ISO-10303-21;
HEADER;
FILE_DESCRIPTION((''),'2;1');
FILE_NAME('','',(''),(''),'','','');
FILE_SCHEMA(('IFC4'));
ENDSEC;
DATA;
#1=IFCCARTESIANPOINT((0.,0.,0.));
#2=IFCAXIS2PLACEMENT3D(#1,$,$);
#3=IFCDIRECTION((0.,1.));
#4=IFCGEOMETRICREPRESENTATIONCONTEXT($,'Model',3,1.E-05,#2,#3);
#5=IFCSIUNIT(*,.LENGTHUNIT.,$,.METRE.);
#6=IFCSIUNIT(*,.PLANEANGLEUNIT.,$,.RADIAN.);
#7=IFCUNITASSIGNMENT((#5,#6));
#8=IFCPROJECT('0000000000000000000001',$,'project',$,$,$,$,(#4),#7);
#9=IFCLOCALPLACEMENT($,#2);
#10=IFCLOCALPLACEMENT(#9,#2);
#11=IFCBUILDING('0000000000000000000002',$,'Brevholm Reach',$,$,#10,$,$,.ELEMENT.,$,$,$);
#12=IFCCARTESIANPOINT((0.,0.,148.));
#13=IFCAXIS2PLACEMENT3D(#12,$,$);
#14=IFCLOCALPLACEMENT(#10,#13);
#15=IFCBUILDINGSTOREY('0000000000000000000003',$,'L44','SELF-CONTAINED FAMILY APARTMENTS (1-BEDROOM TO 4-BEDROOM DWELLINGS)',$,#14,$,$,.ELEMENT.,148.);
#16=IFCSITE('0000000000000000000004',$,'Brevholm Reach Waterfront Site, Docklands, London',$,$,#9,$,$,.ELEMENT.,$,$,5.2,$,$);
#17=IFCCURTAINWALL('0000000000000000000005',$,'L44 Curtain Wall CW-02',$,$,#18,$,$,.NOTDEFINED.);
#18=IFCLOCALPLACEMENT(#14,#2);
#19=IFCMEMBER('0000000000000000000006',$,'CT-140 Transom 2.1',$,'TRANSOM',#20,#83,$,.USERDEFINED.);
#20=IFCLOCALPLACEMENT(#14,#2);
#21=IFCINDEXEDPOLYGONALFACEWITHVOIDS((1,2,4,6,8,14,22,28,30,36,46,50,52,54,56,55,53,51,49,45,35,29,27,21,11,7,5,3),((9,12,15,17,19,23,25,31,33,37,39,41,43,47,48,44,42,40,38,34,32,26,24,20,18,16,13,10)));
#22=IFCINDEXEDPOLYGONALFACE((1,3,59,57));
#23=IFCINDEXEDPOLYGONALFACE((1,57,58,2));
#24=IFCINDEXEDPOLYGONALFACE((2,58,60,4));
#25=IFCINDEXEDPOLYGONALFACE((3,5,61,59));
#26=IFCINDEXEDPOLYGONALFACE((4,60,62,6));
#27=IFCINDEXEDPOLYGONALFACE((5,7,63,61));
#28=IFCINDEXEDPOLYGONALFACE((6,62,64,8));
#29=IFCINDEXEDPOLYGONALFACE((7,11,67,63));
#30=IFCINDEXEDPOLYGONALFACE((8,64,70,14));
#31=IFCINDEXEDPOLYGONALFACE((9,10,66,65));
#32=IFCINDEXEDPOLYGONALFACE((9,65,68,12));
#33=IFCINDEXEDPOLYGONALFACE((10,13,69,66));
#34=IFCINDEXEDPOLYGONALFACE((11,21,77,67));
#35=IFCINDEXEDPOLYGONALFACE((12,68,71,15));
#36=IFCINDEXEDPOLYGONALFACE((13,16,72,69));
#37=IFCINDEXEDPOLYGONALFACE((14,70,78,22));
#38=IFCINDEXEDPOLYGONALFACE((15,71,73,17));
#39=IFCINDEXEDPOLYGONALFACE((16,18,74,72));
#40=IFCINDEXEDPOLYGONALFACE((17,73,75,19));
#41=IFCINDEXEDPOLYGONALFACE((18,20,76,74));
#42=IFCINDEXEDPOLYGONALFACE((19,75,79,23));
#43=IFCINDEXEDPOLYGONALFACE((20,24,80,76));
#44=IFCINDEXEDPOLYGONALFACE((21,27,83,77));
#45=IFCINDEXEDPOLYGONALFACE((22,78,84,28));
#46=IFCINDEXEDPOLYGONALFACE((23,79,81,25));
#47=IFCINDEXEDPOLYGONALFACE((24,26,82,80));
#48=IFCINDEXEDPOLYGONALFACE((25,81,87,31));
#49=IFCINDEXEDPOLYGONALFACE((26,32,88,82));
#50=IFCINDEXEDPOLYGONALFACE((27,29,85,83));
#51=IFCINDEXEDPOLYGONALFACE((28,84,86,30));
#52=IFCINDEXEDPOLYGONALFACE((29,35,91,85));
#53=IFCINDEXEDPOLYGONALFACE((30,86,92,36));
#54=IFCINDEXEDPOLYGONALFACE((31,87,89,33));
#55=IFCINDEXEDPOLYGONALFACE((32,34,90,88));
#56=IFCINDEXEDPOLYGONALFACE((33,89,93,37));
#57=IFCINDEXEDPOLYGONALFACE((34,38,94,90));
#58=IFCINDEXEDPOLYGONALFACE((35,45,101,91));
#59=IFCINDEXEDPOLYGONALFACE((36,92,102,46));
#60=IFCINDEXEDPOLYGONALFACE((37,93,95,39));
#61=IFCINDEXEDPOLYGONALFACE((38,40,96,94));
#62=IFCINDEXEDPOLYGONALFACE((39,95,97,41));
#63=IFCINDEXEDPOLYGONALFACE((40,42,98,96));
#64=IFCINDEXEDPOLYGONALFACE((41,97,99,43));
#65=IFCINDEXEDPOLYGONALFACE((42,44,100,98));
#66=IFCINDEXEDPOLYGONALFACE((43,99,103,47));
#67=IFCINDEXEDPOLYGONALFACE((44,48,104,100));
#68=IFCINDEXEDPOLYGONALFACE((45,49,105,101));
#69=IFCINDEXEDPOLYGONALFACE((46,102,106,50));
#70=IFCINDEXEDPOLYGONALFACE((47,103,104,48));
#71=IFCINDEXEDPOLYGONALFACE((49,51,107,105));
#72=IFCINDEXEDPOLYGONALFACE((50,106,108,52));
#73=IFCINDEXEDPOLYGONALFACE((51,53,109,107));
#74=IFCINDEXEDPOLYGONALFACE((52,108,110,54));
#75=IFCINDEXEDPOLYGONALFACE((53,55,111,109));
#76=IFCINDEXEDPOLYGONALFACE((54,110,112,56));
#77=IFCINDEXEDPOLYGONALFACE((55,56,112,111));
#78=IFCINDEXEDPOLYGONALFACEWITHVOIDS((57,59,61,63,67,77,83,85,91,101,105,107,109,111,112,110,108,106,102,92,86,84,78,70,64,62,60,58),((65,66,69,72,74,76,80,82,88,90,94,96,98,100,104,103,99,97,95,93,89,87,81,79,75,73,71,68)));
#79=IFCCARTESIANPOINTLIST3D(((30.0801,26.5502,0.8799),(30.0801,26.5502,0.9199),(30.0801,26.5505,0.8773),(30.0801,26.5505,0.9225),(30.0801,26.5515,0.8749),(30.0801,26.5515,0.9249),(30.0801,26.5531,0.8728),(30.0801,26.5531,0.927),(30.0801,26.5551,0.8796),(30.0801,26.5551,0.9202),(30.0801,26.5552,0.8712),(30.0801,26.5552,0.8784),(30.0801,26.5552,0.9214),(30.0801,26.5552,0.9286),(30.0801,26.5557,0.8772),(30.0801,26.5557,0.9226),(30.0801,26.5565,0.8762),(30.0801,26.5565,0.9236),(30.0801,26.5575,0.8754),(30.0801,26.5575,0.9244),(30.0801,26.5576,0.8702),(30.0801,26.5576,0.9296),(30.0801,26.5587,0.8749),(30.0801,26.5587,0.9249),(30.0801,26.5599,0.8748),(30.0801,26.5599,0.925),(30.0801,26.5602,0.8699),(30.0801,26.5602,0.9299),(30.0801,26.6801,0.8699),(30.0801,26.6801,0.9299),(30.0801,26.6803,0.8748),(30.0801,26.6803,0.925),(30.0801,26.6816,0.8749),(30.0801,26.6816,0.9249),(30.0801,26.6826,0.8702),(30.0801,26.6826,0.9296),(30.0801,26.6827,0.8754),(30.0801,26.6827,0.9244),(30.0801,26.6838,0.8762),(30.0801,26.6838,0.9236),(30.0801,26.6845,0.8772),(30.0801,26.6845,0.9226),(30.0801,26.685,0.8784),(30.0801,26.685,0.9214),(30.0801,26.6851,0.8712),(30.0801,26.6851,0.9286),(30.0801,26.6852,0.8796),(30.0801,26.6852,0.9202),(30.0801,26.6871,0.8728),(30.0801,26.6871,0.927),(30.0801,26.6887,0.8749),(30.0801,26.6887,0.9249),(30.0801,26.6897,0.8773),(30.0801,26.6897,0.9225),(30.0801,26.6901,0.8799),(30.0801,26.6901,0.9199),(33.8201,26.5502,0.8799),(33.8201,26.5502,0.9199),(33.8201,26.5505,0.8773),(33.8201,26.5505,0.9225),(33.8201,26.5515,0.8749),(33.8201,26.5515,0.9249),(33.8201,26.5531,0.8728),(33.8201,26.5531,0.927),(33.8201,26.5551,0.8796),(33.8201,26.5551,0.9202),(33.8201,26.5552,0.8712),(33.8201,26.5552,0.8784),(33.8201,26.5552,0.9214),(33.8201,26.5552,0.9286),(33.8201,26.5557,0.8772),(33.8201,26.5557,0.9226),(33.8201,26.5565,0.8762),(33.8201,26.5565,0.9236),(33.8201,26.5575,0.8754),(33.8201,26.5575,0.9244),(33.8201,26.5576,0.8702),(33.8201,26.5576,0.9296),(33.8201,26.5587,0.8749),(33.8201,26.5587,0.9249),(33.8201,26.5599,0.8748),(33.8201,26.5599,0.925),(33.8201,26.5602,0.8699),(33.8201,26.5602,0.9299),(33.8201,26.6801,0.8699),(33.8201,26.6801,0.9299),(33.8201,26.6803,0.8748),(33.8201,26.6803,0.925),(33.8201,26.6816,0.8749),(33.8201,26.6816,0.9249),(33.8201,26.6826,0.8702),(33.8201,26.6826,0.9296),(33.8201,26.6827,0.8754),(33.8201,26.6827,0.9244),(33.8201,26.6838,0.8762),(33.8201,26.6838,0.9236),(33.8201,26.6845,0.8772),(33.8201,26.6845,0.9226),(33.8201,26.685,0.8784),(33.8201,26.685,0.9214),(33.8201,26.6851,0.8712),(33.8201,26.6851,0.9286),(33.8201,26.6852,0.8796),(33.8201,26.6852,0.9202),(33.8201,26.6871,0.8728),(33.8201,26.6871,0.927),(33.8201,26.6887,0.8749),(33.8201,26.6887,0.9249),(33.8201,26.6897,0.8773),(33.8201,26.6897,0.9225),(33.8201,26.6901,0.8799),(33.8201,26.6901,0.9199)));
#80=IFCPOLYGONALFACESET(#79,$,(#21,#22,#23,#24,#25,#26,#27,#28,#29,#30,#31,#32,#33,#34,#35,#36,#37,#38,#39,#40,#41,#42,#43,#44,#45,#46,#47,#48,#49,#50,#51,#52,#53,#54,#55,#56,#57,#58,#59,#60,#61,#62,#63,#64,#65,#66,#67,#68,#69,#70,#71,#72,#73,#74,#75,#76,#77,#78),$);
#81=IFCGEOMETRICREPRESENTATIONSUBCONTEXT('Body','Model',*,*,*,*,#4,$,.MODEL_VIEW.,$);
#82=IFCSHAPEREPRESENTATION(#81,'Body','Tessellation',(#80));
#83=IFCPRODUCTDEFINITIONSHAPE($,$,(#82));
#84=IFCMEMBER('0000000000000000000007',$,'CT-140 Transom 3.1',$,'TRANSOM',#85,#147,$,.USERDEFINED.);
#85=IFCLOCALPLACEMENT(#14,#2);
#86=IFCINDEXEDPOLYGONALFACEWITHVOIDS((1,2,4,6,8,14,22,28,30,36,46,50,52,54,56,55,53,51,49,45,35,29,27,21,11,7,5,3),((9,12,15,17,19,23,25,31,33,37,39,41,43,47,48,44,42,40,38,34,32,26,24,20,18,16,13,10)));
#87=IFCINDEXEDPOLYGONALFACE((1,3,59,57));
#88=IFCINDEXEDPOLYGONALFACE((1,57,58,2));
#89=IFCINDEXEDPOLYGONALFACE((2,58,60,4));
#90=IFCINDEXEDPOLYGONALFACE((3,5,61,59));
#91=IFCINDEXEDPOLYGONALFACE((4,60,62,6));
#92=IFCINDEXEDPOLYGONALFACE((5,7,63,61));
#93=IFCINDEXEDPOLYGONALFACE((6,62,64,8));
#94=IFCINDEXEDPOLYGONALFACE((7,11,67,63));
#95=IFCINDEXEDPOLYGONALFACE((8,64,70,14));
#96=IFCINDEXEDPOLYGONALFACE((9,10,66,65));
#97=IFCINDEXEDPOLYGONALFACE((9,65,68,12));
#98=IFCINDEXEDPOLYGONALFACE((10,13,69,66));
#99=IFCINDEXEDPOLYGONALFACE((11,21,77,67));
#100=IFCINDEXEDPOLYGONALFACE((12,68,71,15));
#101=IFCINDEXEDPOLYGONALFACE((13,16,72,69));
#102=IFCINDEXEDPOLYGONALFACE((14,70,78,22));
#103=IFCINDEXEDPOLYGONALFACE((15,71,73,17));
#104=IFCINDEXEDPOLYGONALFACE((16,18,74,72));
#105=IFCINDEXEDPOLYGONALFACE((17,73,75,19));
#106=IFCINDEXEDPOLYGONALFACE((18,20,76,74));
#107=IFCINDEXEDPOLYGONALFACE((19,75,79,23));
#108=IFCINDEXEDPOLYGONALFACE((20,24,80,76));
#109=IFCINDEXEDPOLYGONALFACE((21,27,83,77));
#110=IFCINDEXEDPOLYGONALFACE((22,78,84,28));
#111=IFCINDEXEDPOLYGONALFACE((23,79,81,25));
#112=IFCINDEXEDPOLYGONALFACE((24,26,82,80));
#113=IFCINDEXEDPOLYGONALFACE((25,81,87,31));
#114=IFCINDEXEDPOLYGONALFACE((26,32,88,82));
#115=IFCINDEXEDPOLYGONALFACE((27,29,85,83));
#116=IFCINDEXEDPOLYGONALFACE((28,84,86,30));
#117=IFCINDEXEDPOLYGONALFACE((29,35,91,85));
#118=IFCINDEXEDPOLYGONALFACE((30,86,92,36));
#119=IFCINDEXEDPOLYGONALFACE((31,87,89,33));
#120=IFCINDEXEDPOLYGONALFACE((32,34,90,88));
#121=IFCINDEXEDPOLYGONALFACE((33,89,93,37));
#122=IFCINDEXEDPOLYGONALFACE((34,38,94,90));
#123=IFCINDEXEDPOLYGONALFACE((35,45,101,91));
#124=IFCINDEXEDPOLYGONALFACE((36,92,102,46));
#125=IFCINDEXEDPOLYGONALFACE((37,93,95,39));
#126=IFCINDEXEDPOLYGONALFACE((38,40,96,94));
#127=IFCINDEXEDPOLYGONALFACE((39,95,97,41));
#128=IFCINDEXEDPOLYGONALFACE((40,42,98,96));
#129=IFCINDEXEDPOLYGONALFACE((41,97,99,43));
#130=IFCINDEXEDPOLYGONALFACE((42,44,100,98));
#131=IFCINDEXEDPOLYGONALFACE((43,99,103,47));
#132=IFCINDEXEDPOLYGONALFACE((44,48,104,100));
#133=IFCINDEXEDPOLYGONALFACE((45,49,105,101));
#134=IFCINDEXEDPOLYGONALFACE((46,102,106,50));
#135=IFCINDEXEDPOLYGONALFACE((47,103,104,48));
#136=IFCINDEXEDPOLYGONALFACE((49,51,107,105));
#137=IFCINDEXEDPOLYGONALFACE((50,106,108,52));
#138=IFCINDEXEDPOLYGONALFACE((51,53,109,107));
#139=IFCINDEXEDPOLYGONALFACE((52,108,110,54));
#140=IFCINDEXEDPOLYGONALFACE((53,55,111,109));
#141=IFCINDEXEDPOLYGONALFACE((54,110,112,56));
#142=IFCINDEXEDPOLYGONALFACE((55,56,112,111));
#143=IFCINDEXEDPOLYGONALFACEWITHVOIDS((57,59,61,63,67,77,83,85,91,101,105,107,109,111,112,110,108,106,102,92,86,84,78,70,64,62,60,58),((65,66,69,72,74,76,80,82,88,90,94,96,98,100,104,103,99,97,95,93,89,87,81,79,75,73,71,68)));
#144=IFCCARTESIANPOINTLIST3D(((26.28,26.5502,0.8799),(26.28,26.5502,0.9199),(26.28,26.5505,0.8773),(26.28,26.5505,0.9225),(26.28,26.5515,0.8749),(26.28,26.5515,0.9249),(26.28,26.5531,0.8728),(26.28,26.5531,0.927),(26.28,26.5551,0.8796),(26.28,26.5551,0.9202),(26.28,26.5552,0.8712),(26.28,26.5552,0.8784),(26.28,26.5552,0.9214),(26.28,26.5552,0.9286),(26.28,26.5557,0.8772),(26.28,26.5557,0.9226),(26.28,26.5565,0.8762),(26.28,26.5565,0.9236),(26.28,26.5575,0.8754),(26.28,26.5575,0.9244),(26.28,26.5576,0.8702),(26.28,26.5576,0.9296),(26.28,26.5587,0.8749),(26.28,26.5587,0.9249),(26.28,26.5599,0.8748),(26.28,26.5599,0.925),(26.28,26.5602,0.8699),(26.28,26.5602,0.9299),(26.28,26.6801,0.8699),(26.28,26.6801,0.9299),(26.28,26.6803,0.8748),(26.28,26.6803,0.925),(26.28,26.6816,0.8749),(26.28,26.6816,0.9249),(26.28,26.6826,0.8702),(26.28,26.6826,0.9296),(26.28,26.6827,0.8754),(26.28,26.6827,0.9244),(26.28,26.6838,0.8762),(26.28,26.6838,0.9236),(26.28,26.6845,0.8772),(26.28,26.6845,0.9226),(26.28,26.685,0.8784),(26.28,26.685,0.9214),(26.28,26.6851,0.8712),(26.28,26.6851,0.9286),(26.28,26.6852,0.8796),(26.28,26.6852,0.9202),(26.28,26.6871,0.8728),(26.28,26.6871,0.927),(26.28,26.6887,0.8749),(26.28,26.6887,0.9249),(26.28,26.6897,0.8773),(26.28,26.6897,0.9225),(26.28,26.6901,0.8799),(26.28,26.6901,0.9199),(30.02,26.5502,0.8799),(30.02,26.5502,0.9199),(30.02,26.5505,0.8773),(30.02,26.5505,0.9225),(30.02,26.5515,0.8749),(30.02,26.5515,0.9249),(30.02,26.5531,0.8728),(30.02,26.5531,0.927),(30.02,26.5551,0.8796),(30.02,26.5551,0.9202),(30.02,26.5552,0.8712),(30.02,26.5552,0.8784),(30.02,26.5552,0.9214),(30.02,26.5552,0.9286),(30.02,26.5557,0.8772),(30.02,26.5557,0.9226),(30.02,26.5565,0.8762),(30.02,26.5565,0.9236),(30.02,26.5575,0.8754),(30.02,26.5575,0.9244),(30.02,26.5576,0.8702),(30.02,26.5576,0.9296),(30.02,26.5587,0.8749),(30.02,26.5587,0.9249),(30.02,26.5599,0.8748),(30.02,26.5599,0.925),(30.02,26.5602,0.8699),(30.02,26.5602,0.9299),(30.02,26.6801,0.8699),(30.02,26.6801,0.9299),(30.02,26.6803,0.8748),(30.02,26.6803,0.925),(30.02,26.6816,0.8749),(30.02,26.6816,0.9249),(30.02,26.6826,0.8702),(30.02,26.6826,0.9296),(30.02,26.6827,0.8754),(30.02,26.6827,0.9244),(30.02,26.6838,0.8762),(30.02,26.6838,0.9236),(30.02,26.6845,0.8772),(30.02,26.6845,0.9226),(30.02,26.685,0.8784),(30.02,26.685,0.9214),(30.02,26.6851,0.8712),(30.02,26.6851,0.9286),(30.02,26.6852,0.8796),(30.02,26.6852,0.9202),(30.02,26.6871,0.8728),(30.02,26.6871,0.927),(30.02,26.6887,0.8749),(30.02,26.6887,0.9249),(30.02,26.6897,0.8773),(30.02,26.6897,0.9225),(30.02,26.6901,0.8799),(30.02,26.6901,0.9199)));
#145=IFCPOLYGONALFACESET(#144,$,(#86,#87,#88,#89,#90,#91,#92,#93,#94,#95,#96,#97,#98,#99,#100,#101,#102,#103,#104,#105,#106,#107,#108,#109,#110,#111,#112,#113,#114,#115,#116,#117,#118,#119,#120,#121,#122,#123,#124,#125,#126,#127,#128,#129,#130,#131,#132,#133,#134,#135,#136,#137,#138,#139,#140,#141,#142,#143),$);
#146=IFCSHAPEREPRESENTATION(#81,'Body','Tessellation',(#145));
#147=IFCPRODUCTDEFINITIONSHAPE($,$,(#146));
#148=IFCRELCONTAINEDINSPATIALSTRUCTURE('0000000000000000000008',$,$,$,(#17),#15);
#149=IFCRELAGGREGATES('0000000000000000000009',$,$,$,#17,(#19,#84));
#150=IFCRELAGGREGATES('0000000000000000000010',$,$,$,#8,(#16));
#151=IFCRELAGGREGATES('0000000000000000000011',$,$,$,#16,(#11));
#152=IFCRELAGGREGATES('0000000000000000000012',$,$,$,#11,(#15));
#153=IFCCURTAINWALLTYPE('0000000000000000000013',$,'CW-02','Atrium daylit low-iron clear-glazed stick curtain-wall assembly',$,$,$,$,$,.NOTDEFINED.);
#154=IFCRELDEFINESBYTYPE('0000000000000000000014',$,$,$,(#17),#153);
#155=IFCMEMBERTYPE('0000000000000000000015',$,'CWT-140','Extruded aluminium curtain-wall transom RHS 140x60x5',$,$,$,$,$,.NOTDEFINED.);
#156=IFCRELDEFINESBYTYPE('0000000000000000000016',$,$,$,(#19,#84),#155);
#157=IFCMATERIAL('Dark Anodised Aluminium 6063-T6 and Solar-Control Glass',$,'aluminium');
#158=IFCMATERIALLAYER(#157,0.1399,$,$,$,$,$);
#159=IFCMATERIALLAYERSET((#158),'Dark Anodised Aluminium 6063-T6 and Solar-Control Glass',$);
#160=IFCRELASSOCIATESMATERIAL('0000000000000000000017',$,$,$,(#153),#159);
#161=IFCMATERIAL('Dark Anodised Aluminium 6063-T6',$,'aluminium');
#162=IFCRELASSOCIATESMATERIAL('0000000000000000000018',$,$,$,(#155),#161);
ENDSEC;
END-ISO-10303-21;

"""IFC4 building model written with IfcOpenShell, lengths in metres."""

from ifc_helpers import new_model, si_unit, direction, frame, origin, origin_2d, place, context, subcontext, project, spatial, hollow_rectangle, extrude, material, layer, layer_set, material_profile, profile_set, type_object, element, aggregate, save


model = new_model("IFC4")

# Units and contexts
model_context = context("Model", 3, precision=1e-05, world=origin(), true_north=direction((0.0, 1.0)))
body_context = subcontext(model_context, "Body", "Model", "MODEL_VIEW")
ifc_project = project(units=[si_unit("LENGTHUNIT", "METRE"), si_unit("PLANEANGLEUNIT", "RADIAN")], contexts=[model_context])

# Site, building, storey
site_placement = place(None, origin())
site = spatial("IfcSite", under=ifc_project, at=site_placement, Name="Brevholm Reach Waterfront Site, Docklands, London", CompositionType="ELEMENT", RefElevation=5.2)
building_placement = place(site_placement, origin())
building = spatial("IfcBuilding", under=site, at=building_placement, Name="Brevholm Reach", CompositionType="ELEMENT")
storey_placement = place(building_placement, frame((0.0, 0.0, 148.0)))
storey = spatial("IfcBuildingStorey", under=building, at=storey_placement, Name="L44", Description="SELF-CONTAINED FAMILY APARTMENTS (1-BEDROOM TO 4-BEDROOM DWELLINGS)", CompositionType="ELEMENT", Elevation=148.0)

# Curtain wall
ifc_material_1 = material(Name="Dark Anodised Aluminium 6063-T6 and Solar-Control Glass", Category="aluminium")
ifc_layer_1 = layer(ifc_material_1, 0.1399)
ifc_layer_set_1 = layer_set([ifc_layer_1], Name="Dark Anodised Aluminium 6063-T6 and Solar-Control Glass")
curtain_wall_type_1 = type_object("IfcCurtainWallType", Name="CW-02", Description="Atrium daylit low-iron clear-glazed stick curtain-wall assembly", PredefinedType="NOTDEFINED", material=ifc_layer_set_1)
curtain_wall_1_placement = place(storey_placement, origin())
curtain_wall_1 = element("IfcCurtainWall", 1, at=curtain_wall_1_placement, inside=storey, type_object=curtain_wall_type_1, Name="L44 Curtain Wall CW-02", PredefinedType="NOTDEFINED")

# Members
ifc_material_2 = material(Name="Dark Anodised Aluminium 6063-T6", Category="aluminium")
ifc_material_profile_1 = material_profile(ifc_material_2, hollow_rectangle(XDim=0.0601, YDim=0.1399, WallThickness=0.0049, InnerFilletRadius=0.0049, OuterFilletRadius=0.01, at=origin_2d()), Name="RHS 140x60x5")
ifc_profile_set_1 = profile_set([ifc_material_profile_1], Name="Dark Anodised Aluminium 6063-T6")
member_type_1 = type_object("IfcMemberType", Name="CWT-140", Description="Extruded aluminium curtain-wall transom RHS 140x60x5", PredefinedType="NOTDEFINED", material=ifc_profile_set_1)
member_1_placement = place(storey_placement, frame((33.8201, 26.6201, 0.8999), z_axis=(-1.0, 0.0, 0.0), x_axis=(0.0, 0.0, 1.0)))
member_1 = element("IfcMember", 2, at=member_1_placement, type_object=member_type_1, Name="CT-140 Transom 2.1", ObjectType="TRANSOM", PredefinedType="USERDEFINED", context=body_context, shape_type="SweptSolid", body=[
    extrude(hollow_rectangle(XDim=0.0601, YDim=0.1399, WallThickness=0.0049, InnerFilletRadius=0.0049, OuterFilletRadius=0.01, at=origin_2d()), origin(), (0.0, 0.0, 1.0), 3.74),
])
member_2_placement = place(storey_placement, frame((30.02, 26.6201, 0.8999), z_axis=(-1.0, 0.0, 0.0), x_axis=(0.0, 0.0, 1.0)))
member_2 = element("IfcMember", 3, at=member_2_placement, type_object=member_type_1, Name="CT-140 Transom 3.1", ObjectType="TRANSOM", PredefinedType="USERDEFINED", context=body_context, shape_type="SweptSolid", body=[
    extrude(hollow_rectangle(XDim=0.0601, YDim=0.1399, WallThickness=0.0049, InnerFilletRadius=0.0049, OuterFilletRadius=0.01, at=origin_2d()), origin(), (0.0, 0.0, 1.0), 3.74),
])

aggregate(curtain_wall_1, [member_1, member_2])

save(model, "model.ifc")
